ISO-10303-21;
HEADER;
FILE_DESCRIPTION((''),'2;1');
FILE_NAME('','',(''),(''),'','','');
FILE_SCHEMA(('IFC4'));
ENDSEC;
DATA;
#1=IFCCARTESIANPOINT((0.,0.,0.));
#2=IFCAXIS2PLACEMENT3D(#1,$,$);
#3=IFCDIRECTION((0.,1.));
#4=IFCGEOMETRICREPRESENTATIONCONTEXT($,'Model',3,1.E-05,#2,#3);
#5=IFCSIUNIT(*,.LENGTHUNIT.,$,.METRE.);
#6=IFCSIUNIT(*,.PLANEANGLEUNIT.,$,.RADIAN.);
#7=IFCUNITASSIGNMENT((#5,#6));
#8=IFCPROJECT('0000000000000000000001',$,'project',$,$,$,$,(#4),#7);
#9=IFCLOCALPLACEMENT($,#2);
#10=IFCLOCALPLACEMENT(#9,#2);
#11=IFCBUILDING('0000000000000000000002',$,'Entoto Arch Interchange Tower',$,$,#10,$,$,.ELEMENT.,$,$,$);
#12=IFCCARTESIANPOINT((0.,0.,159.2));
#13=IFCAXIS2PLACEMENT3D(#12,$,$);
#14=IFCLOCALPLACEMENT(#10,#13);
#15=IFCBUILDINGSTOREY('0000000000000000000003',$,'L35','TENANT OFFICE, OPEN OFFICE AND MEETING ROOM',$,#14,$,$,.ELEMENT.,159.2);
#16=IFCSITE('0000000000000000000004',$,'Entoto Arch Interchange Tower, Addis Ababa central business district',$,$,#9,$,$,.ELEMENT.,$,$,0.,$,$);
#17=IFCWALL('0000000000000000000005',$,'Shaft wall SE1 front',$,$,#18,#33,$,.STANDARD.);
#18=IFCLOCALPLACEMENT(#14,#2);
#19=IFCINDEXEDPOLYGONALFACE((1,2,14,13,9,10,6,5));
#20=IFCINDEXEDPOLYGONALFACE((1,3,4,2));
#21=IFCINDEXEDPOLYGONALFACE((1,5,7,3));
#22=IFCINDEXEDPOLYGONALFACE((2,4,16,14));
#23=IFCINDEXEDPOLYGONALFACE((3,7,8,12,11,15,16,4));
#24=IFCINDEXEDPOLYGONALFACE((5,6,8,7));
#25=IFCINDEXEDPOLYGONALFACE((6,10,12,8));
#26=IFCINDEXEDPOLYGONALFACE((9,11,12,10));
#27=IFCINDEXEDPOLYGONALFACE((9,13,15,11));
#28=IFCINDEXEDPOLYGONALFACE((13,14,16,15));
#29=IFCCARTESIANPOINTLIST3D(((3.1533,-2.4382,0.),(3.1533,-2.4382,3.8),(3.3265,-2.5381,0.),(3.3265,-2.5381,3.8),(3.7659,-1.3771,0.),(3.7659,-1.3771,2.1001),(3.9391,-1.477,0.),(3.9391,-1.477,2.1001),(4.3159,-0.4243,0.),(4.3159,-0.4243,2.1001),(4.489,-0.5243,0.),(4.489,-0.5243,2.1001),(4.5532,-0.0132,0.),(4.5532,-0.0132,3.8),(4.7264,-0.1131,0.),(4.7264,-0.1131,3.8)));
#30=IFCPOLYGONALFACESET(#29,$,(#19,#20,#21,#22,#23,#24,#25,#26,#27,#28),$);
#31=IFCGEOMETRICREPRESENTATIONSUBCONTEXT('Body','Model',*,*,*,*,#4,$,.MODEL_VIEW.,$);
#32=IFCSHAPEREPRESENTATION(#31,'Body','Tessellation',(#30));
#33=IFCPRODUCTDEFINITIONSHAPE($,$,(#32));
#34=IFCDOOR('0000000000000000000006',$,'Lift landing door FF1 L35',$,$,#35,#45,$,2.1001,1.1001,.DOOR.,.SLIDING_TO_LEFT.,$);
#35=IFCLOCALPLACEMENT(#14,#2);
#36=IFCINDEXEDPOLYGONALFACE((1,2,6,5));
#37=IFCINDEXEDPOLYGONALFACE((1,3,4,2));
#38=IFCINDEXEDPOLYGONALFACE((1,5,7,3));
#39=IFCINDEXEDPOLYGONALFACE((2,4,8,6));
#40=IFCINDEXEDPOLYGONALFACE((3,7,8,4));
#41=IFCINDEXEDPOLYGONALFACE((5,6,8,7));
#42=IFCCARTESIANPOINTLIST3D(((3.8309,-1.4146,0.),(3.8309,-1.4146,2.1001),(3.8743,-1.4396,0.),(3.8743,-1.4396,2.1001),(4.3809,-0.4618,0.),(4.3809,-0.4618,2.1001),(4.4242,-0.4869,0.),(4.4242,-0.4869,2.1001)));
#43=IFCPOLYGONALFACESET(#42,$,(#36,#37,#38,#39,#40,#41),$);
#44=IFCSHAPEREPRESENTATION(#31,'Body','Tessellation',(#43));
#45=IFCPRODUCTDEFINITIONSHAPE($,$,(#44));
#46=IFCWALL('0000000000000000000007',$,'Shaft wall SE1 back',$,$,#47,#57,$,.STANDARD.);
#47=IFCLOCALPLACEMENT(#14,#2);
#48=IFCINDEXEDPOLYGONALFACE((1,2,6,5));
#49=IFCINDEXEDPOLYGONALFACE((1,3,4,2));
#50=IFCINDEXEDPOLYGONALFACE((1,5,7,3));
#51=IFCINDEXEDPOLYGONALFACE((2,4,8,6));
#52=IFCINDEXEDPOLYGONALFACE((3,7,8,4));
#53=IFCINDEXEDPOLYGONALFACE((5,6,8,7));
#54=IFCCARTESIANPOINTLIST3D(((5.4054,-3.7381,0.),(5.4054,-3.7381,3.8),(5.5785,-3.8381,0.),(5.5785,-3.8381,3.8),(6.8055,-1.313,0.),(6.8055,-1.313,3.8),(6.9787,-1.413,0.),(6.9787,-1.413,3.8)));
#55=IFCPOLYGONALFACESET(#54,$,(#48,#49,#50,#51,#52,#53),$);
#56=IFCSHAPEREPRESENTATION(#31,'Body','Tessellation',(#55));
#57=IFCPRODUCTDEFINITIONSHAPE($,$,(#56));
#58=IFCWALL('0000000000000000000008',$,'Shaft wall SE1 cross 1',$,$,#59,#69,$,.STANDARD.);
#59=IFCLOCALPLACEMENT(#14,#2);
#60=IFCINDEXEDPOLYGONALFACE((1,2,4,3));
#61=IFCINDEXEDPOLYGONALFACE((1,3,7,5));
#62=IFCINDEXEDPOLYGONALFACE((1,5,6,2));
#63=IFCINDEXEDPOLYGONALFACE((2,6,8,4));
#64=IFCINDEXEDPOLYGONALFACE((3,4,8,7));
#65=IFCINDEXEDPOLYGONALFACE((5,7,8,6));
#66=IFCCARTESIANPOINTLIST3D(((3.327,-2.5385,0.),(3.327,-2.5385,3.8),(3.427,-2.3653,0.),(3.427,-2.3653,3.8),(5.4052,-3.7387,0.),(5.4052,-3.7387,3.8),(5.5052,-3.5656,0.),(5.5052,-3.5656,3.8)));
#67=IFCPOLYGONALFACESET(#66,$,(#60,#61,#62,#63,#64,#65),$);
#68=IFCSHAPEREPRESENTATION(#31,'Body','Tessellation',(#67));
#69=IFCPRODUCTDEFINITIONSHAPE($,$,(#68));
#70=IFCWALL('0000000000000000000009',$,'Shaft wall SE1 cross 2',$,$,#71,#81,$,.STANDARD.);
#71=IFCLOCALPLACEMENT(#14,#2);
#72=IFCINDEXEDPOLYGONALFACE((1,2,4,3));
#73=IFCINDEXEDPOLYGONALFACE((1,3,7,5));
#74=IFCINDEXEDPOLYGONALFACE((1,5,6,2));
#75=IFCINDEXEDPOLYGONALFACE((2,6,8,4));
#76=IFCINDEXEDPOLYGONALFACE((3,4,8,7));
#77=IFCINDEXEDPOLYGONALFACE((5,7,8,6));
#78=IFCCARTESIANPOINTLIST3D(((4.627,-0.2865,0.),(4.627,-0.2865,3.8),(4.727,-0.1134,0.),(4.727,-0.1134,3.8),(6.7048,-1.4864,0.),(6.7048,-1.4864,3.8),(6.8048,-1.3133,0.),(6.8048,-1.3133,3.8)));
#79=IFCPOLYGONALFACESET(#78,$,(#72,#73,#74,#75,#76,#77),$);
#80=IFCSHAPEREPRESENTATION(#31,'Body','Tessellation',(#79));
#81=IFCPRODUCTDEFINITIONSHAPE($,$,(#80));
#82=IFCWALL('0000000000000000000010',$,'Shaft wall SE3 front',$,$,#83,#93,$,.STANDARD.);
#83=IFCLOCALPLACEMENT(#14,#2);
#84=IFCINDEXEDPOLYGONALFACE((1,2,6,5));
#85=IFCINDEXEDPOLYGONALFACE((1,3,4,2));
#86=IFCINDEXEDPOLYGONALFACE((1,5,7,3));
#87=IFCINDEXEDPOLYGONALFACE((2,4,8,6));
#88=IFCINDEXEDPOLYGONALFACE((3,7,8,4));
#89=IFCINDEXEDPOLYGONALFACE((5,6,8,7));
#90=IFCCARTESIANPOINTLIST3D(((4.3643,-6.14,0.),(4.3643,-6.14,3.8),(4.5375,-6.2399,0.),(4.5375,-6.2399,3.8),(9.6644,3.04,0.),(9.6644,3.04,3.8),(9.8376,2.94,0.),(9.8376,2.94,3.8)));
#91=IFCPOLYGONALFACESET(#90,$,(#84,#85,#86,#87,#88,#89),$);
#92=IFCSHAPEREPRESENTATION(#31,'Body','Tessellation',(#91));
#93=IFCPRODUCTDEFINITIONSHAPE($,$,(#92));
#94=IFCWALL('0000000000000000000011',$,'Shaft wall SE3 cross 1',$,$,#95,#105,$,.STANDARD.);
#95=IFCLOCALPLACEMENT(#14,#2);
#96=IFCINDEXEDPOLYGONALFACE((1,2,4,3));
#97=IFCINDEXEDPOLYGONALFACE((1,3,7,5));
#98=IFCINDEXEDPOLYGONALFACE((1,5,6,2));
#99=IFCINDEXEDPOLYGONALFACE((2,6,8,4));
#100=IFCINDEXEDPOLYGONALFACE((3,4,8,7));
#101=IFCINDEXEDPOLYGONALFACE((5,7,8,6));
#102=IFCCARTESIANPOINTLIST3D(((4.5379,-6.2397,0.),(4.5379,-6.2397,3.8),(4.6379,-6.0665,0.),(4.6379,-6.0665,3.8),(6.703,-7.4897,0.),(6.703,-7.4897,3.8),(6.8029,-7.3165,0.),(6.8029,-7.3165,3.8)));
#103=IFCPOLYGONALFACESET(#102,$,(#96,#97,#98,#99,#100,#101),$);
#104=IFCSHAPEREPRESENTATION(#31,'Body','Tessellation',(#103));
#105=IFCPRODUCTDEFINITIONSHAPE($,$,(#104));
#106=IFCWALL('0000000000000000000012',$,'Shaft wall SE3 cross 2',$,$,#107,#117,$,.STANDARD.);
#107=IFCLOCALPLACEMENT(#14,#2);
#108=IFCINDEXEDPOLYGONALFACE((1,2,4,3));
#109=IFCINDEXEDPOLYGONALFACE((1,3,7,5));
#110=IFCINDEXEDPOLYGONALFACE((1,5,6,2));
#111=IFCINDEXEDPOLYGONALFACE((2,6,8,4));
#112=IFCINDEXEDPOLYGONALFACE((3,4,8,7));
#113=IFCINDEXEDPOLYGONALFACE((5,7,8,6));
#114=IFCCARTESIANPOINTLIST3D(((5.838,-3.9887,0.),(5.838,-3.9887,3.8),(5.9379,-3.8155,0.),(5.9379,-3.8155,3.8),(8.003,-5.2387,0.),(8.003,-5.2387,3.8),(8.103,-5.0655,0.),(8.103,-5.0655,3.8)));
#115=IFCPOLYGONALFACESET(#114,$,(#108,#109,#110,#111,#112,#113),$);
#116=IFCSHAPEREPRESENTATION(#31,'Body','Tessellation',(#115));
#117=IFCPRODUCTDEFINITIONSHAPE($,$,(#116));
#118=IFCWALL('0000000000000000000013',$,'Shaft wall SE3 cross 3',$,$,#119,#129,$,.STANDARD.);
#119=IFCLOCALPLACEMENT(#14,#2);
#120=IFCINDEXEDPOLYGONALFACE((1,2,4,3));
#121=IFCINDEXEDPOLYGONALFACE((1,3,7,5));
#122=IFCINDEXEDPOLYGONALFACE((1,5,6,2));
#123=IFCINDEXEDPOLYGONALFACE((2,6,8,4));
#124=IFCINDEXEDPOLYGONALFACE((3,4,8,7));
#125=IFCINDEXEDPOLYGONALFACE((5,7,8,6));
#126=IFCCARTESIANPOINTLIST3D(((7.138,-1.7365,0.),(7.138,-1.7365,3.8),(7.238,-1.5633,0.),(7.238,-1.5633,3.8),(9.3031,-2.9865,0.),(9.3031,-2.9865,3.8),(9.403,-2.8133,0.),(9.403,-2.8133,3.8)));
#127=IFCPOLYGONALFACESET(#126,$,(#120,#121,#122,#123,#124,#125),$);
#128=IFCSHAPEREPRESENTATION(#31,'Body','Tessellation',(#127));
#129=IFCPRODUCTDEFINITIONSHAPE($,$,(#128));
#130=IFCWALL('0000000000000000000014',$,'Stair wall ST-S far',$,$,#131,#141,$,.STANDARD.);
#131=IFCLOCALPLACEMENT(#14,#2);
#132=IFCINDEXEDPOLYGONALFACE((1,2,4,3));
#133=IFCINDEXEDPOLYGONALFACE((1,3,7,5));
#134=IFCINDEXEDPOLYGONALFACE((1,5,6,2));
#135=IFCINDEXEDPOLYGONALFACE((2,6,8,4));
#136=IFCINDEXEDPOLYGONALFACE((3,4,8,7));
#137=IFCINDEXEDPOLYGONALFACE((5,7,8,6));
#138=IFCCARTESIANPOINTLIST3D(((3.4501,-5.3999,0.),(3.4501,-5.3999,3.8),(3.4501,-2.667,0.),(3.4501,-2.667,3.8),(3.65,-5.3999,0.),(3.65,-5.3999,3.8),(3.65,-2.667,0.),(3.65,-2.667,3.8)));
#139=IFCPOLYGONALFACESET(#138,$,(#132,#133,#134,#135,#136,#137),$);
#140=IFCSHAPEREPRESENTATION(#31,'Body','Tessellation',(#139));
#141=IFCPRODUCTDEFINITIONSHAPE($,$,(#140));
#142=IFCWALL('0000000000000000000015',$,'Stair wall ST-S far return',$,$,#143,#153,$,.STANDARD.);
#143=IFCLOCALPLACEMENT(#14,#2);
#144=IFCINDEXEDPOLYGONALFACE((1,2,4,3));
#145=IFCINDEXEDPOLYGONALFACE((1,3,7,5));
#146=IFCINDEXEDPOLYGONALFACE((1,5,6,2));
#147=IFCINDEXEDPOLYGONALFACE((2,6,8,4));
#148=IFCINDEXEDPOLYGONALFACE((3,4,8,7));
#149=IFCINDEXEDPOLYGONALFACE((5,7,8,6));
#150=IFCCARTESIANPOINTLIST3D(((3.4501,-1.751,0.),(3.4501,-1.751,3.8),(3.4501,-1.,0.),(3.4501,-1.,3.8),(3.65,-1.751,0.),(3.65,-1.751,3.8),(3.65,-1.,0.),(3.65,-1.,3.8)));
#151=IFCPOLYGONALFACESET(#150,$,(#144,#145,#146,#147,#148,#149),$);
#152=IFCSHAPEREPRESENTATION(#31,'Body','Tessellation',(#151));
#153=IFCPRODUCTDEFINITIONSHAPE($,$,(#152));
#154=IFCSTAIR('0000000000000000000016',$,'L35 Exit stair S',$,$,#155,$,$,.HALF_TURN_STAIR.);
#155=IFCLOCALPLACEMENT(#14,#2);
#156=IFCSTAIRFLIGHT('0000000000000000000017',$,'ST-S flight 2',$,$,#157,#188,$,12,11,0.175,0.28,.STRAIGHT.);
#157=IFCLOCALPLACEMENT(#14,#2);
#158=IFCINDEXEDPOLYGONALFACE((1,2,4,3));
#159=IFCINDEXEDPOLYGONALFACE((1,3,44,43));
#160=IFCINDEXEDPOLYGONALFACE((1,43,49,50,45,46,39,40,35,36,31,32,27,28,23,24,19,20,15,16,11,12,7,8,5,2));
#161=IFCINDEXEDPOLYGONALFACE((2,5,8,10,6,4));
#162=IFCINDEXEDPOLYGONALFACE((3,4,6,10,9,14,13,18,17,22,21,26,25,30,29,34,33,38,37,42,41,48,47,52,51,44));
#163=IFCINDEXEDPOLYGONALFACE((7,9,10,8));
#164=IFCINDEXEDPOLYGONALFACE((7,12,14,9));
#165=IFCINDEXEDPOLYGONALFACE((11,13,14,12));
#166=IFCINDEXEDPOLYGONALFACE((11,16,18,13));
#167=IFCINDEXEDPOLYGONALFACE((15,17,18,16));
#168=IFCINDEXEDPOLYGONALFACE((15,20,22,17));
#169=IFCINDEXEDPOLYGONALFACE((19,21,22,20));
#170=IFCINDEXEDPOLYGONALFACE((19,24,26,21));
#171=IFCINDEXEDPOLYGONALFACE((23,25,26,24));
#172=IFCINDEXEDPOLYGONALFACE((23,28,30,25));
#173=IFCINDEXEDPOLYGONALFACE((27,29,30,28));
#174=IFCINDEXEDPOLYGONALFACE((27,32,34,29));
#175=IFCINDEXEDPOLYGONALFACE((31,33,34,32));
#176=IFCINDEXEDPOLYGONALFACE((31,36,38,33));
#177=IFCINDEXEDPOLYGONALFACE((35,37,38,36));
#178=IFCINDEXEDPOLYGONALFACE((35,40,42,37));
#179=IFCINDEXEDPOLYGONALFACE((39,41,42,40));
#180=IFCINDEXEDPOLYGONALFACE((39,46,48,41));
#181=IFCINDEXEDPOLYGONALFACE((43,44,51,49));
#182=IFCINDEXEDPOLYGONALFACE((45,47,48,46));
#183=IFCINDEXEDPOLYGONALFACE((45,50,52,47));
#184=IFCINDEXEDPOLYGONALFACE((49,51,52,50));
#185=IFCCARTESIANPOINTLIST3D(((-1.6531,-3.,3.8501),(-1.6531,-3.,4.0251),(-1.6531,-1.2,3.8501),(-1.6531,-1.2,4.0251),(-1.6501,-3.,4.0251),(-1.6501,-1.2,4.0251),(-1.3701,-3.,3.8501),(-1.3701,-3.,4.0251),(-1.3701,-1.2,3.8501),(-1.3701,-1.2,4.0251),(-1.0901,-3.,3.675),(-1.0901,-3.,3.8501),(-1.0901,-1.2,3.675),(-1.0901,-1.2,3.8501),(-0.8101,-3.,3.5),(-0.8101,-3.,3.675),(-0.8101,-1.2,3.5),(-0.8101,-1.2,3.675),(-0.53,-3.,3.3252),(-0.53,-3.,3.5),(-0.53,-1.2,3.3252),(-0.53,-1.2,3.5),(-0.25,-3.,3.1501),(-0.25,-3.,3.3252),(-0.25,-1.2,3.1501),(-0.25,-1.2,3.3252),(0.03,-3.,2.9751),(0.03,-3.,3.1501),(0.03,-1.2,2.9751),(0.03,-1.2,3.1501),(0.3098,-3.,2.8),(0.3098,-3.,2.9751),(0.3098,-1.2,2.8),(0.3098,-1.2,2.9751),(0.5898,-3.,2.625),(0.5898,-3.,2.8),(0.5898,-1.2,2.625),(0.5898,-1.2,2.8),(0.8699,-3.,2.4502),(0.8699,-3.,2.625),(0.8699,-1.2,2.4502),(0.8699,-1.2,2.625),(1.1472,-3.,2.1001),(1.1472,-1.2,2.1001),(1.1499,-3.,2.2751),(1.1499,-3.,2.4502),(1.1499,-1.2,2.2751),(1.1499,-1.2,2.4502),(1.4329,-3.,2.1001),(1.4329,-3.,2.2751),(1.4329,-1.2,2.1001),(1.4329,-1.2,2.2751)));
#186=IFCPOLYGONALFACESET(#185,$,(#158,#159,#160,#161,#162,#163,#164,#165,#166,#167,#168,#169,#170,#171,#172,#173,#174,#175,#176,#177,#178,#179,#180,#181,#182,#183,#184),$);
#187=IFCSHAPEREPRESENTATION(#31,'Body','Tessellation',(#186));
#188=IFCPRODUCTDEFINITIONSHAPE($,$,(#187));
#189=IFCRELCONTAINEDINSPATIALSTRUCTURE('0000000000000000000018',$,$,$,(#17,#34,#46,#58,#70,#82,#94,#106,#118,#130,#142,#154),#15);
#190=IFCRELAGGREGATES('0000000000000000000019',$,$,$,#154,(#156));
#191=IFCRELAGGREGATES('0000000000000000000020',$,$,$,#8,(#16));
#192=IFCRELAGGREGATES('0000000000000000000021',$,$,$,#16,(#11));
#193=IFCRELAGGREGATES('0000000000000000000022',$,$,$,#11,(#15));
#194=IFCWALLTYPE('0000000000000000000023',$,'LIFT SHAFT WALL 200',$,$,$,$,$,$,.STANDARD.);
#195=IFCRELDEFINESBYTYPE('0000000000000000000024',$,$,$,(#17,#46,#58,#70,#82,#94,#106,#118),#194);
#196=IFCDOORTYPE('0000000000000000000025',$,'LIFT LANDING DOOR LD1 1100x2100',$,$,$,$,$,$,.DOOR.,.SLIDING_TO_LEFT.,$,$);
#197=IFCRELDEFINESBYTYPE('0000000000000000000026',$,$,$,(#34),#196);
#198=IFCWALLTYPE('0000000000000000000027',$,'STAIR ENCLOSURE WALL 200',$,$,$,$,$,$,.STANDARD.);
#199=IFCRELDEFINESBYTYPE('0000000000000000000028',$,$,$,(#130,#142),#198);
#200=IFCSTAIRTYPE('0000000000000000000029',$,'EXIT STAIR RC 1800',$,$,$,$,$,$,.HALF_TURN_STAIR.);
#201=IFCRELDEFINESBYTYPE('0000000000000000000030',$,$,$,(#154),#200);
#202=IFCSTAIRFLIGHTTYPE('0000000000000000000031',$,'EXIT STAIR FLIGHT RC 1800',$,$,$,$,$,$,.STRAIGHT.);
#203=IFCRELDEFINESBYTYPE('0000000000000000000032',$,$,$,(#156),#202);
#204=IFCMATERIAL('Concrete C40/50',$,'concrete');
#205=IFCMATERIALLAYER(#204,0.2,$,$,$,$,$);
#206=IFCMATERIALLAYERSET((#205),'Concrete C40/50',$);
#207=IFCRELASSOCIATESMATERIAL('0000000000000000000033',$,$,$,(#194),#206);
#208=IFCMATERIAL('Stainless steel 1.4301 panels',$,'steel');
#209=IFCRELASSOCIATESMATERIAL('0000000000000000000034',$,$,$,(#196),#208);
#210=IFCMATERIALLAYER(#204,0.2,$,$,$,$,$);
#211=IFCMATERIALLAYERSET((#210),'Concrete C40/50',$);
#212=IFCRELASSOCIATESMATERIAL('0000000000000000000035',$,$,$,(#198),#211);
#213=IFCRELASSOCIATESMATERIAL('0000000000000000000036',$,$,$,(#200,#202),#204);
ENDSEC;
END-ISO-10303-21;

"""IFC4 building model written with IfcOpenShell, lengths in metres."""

from ifc_helpers import new_model, si_unit, direction, frame, frame_2d, origin, place, context, subcontext, project, spatial, polyline, rectangle, outline, extrude, material, layer, layer_set, type_object, element, fill, aggregate, save


model = new_model("IFC4")

# Units and contexts
model_context = context("Model", 3, precision=1e-05, world=origin(), true_north=direction((0.0, 1.0)))
body_context = subcontext(model_context, "Body", "Model", "MODEL_VIEW")
ifc_project = project(units=[si_unit("LENGTHUNIT", "METRE"), si_unit("PLANEANGLEUNIT", "RADIAN")], contexts=[model_context])

# Site, building, storey
site_placement = place(None, origin())
site = spatial("IfcSite", under=ifc_project, at=site_placement, Name="Entoto Arch Interchange Tower, Addis Ababa central business district", CompositionType="ELEMENT", RefElevation=0.0)
building_placement = place(site_placement, origin())
building = spatial("IfcBuilding", under=site, at=building_placement, Name="Entoto Arch Interchange Tower", CompositionType="ELEMENT")
storey_placement = place(building_placement, frame((0.0, 0.0, 159.2)))
storey = spatial("IfcBuildingStorey", under=building, at=storey_placement, Name="L35", Description="TENANT OFFICE, OPEN OFFICE AND MEETING ROOM", CompositionType="ELEMENT", Elevation=159.2)

# Wall, opening, door
ifc_material_1 = material(Name="Concrete C40/50", Category="concrete")
ifc_material_2 = material(Name="Stainless steel 1.4301 panels", Category="steel")
ifc_layer_1 = layer(ifc_material_1, 0.2)
ifc_layer_set_1 = layer_set([ifc_layer_1], Name="Concrete C40/50")
wall_type_1 = type_object("IfcWallType", Name="LIFT SHAFT WALL 200", PredefinedType="STANDARD", material=ifc_layer_set_1)
wall_1_placement = place(storey_placement, frame((3.24, -2.488, 0.0), z_axis=(0.0, 0.0, 1.0), x_axis=(0.499946, 0.866056, 0.0)))
wall_1 = element("IfcWall", 1, at=wall_1_placement, inside=storey, type_object=wall_type_1, Name="Shaft wall SE1 front", PredefinedType="STANDARD", context=body_context, shape_type="SweptSolid", body=[
    extrude(rectangle(XDim=2.8, YDim=0.2, at=frame_2d((1.3999, 0.0))), origin(), (0.0, 0.0, 1.0), 3.8),
])
opening_1_placement = place(wall_1_placement, frame((1.2251, 0.0, 0.0)))
opening_1 = element("IfcOpeningElement", 2, at=opening_1_placement, cuts=wall_1, PredefinedType="OPENING", context=body_context, shape_type="SweptSolid", body=[
    extrude(rectangle(XDim=1.1001, YDim=2.1001, at=frame_2d((0.55, 1.05))), frame((0.0, 0.1099, 0.0), z_axis=(0.0, -1.0, 0.0), x_axis=(1.0, 0.0, 0.0)), (0.0, 0.0, 1.0), 0.22),
])
door_type_1 = type_object("IfcDoorType", Name="LIFT LANDING DOOR LD1 1100x2100", OperationType="SLIDING_TO_LEFT", PredefinedType="DOOR", material=ifc_material_2)
door_1_placement = place(opening_1_placement, origin())
door_1 = element("IfcDoor", 3, at=door_1_placement, inside=storey, type_object=door_type_1, Name="Lift landing door FF1 L35", OperationType="SLIDING_TO_LEFT", OverallHeight=2.1001, OverallWidth=1.1001, PredefinedType="DOOR", context=body_context, shape_type="SweptSolid", body=[
    extrude(rectangle(XDim=1.1001, YDim=2.1001, at=frame_2d((0.55, 1.05))), frame((0.0, 0.0249, 0.0), z_axis=(0.0, -1.0, 0.0), x_axis=(1.0, 0.0, 0.0)), (0.0, 0.0, 1.0), 0.05),
])
fill(opening_1, door_1)

# Walls
wall_2_placement = place(storey_placement, frame((5.4919, -3.7881, 0.0), z_axis=(0.0, 0.0, 1.0), x_axis=(0.500012, 0.866019, 0.0)))
element("IfcWall", 4, at=wall_2_placement, inside=storey, type_object=wall_type_1, Name="Shaft wall SE1 back", PredefinedType="STANDARD", context=body_context, shape_type="SweptSolid", body=[
    extrude(rectangle(XDim=2.8003, YDim=0.2, at=frame_2d((1.4001, 0.0))), origin(), (0.0, 0.0, 1.0), 3.8),
])
wall_3_placement = place(storey_placement, frame((3.377, -2.4519, 0.0), z_axis=(0.0, 0.0, 1.0), x_axis=(0.865955, -0.500122, 0.0)))
element("IfcWall", 5, at=wall_3_placement, inside=storey, type_object=wall_type_1, Name="Shaft wall SE1 cross 1", PredefinedType="STANDARD", context=body_context, shape_type="SweptSolid", body=[
    extrude(rectangle(XDim=2.3999, YDim=0.2, at=frame_2d((1.2, 0.0))), origin(), (0.0, 0.0, 1.0), 3.8),
])
wall_4_placement = place(storey_placement, frame((4.677, -0.2, 0.0), z_axis=(0.0, 0.0, 1.0), x_axis=(0.865974, -0.500089, 0.0)))
element("IfcWall", 6, at=wall_4_placement, inside=storey, type_object=wall_type_1, Name="Shaft wall SE1 cross 2", PredefinedType="STANDARD", context=body_context, shape_type="SweptSolid", body=[
    extrude(rectangle(XDim=2.3994, YDim=0.2, at=frame_2d((1.1997, 0.0))), origin(), (0.0, 0.0, 1.0), 3.8),
])
wall_5_placement = place(storey_placement, frame((4.4509, -6.1899, 0.0), z_axis=(0.0, 0.0, 1.0), x_axis=(0.500001, 0.866025, 0.0)))
element("IfcWall", 7, at=wall_5_placement, inside=storey, type_object=wall_type_1, Name="Shaft wall SE3 front", PredefinedType="STANDARD", context=body_context, shape_type="SweptSolid", body=[
    extrude(rectangle(XDim=10.6001, YDim=0.2, at=frame_2d((5.3, 0.0))), origin(), (0.0, 0.0, 1.0), 3.8),
])
for number, where, z_axis, x_axis, name in (
    (8, (4.5879, -6.1531, 0.0), (0.0, 0.0, 1.0), (0.866023, -0.500004, 0.0), "Shaft wall SE3 cross 1"),
    (9, (5.8879, -3.9021, 0.0), (0.0, 0.0, 1.0), (0.866023, -0.500004, 0.0), "Shaft wall SE3 cross 2"),
    (10, (7.188, -1.6499, 0.0), (0.0, 0.0, 1.0), (0.866023, -0.500004, 0.0), "Shaft wall SE3 cross 3"),
):
    element("IfcWall", number, at=place(storey_placement, frame(where, z_axis=z_axis, x_axis=x_axis)), inside=storey, type_object=wall_type_1, Name=name, PredefinedType="STANDARD", context=body_context, shape_type="SweptSolid", body=[
        extrude(rectangle(XDim=2.5, YDim=0.2, at=frame_2d((1.25, 0.0))), origin(), (0.0, 0.0, 1.0), 3.8),
    ])
ifc_layer_2 = layer(ifc_material_1, 0.2)
ifc_layer_set_2 = layer_set([ifc_layer_2], Name="Concrete C40/50")
wall_type_2 = type_object("IfcWallType", Name="STAIR ENCLOSURE WALL 200", PredefinedType="STANDARD", material=ifc_layer_set_2)
wall_6_placement = place(storey_placement, frame((3.55, -2.667, 0.0), z_axis=(0.0, 0.0, 1.0), x_axis=(0.0, -1.0, 0.0)))
element("IfcWall", 11, at=wall_6_placement, inside=storey, type_object=wall_type_2, Name="Stair wall ST-S far", PredefinedType="STANDARD", context=body_context, shape_type="SweptSolid", body=[
    extrude(rectangle(XDim=2.7329, YDim=0.2, at=frame_2d((1.3665, 0.0))), origin(), (0.0, 0.0, 1.0), 3.8),
])
wall_7_placement = place(storey_placement, frame((3.55, -1.0, 0.0), z_axis=(0.0, 0.0, 1.0), x_axis=(0.0, -1.0, 0.0)))
element("IfcWall", 12, at=wall_7_placement, inside=storey, type_object=wall_type_2, Name="Stair wall ST-S far return", PredefinedType="STANDARD", context=body_context, shape_type="SweptSolid", body=[
    extrude(rectangle(XDim=0.751, YDim=0.2, at=frame_2d((0.3755, 0.0))), origin(), (0.0, 0.0, 1.0), 3.8),
])

# Stair, stair flight
stair_type = type_object("IfcStairType", Name="EXIT STAIR RC 1800", PredefinedType="HALF_TURN_STAIR", material=ifc_material_1)
stair_placement = place(storey_placement, origin())
stair = element("IfcStair", 13, at=stair_placement, inside=storey, type_object=stair_type, Name="L35 Exit stair S", PredefinedType="HALF_TURN_STAIR")
stair_flight_type = type_object("IfcStairFlightType", Name="EXIT STAIR FLIGHT RC 1800", PredefinedType="STRAIGHT", material=ifc_material_1)
stair_flight_placement = place(storey_placement, frame((1.4299, -2.1001, 2.1001), z_axis=(0.0, 0.0, 1.0), x_axis=(-1.0, 0.0, 0.0)))
stair_flight = element("IfcStairFlight", 14, at=stair_flight_placement, type_object=stair_flight_type, Name="ST-S flight 2", NumberOfRisers=12, NumberOfTreads=11, PredefinedType="STRAIGHT", RiserHeight=0.175, TreadLength=0.28, context=body_context, shape_type="SweptSolid", body=[
    extrude(outline(polyline([(-0.0029, 0.0), (-0.0029, 0.175), (0.28, 0.175), (0.28, 0.3501), (0.5601, 0.3501), (0.5601, 0.5249), (0.8401, 0.5249), (0.8401, 0.7), (1.1201, 0.7), (1.1201, 0.875), (1.3999, 0.875), (1.3999, 1.05), (1.6799, 1.05), (1.6799, 1.2251), (1.96, 1.2251), (1.96, 1.3999), (2.24, 1.3999), (2.24, 1.575), (2.52, 1.575), (2.52, 1.75), (2.8, 1.75), (2.8, 1.925), (3.0801, 1.925), (3.083, 1.925), (3.083, 1.75), (0.2827, 0.0), (-0.0029, 0.0)])), frame((0.0, 0.8999, 0.0), z_axis=(0.0, -1.0, 0.0), x_axis=(1.0, 0.0, 0.0)), (0.0, 0.0, 1.0), 1.8),
])
aggregate(stair, [stair_flight])

save(model, "model.ifc")
